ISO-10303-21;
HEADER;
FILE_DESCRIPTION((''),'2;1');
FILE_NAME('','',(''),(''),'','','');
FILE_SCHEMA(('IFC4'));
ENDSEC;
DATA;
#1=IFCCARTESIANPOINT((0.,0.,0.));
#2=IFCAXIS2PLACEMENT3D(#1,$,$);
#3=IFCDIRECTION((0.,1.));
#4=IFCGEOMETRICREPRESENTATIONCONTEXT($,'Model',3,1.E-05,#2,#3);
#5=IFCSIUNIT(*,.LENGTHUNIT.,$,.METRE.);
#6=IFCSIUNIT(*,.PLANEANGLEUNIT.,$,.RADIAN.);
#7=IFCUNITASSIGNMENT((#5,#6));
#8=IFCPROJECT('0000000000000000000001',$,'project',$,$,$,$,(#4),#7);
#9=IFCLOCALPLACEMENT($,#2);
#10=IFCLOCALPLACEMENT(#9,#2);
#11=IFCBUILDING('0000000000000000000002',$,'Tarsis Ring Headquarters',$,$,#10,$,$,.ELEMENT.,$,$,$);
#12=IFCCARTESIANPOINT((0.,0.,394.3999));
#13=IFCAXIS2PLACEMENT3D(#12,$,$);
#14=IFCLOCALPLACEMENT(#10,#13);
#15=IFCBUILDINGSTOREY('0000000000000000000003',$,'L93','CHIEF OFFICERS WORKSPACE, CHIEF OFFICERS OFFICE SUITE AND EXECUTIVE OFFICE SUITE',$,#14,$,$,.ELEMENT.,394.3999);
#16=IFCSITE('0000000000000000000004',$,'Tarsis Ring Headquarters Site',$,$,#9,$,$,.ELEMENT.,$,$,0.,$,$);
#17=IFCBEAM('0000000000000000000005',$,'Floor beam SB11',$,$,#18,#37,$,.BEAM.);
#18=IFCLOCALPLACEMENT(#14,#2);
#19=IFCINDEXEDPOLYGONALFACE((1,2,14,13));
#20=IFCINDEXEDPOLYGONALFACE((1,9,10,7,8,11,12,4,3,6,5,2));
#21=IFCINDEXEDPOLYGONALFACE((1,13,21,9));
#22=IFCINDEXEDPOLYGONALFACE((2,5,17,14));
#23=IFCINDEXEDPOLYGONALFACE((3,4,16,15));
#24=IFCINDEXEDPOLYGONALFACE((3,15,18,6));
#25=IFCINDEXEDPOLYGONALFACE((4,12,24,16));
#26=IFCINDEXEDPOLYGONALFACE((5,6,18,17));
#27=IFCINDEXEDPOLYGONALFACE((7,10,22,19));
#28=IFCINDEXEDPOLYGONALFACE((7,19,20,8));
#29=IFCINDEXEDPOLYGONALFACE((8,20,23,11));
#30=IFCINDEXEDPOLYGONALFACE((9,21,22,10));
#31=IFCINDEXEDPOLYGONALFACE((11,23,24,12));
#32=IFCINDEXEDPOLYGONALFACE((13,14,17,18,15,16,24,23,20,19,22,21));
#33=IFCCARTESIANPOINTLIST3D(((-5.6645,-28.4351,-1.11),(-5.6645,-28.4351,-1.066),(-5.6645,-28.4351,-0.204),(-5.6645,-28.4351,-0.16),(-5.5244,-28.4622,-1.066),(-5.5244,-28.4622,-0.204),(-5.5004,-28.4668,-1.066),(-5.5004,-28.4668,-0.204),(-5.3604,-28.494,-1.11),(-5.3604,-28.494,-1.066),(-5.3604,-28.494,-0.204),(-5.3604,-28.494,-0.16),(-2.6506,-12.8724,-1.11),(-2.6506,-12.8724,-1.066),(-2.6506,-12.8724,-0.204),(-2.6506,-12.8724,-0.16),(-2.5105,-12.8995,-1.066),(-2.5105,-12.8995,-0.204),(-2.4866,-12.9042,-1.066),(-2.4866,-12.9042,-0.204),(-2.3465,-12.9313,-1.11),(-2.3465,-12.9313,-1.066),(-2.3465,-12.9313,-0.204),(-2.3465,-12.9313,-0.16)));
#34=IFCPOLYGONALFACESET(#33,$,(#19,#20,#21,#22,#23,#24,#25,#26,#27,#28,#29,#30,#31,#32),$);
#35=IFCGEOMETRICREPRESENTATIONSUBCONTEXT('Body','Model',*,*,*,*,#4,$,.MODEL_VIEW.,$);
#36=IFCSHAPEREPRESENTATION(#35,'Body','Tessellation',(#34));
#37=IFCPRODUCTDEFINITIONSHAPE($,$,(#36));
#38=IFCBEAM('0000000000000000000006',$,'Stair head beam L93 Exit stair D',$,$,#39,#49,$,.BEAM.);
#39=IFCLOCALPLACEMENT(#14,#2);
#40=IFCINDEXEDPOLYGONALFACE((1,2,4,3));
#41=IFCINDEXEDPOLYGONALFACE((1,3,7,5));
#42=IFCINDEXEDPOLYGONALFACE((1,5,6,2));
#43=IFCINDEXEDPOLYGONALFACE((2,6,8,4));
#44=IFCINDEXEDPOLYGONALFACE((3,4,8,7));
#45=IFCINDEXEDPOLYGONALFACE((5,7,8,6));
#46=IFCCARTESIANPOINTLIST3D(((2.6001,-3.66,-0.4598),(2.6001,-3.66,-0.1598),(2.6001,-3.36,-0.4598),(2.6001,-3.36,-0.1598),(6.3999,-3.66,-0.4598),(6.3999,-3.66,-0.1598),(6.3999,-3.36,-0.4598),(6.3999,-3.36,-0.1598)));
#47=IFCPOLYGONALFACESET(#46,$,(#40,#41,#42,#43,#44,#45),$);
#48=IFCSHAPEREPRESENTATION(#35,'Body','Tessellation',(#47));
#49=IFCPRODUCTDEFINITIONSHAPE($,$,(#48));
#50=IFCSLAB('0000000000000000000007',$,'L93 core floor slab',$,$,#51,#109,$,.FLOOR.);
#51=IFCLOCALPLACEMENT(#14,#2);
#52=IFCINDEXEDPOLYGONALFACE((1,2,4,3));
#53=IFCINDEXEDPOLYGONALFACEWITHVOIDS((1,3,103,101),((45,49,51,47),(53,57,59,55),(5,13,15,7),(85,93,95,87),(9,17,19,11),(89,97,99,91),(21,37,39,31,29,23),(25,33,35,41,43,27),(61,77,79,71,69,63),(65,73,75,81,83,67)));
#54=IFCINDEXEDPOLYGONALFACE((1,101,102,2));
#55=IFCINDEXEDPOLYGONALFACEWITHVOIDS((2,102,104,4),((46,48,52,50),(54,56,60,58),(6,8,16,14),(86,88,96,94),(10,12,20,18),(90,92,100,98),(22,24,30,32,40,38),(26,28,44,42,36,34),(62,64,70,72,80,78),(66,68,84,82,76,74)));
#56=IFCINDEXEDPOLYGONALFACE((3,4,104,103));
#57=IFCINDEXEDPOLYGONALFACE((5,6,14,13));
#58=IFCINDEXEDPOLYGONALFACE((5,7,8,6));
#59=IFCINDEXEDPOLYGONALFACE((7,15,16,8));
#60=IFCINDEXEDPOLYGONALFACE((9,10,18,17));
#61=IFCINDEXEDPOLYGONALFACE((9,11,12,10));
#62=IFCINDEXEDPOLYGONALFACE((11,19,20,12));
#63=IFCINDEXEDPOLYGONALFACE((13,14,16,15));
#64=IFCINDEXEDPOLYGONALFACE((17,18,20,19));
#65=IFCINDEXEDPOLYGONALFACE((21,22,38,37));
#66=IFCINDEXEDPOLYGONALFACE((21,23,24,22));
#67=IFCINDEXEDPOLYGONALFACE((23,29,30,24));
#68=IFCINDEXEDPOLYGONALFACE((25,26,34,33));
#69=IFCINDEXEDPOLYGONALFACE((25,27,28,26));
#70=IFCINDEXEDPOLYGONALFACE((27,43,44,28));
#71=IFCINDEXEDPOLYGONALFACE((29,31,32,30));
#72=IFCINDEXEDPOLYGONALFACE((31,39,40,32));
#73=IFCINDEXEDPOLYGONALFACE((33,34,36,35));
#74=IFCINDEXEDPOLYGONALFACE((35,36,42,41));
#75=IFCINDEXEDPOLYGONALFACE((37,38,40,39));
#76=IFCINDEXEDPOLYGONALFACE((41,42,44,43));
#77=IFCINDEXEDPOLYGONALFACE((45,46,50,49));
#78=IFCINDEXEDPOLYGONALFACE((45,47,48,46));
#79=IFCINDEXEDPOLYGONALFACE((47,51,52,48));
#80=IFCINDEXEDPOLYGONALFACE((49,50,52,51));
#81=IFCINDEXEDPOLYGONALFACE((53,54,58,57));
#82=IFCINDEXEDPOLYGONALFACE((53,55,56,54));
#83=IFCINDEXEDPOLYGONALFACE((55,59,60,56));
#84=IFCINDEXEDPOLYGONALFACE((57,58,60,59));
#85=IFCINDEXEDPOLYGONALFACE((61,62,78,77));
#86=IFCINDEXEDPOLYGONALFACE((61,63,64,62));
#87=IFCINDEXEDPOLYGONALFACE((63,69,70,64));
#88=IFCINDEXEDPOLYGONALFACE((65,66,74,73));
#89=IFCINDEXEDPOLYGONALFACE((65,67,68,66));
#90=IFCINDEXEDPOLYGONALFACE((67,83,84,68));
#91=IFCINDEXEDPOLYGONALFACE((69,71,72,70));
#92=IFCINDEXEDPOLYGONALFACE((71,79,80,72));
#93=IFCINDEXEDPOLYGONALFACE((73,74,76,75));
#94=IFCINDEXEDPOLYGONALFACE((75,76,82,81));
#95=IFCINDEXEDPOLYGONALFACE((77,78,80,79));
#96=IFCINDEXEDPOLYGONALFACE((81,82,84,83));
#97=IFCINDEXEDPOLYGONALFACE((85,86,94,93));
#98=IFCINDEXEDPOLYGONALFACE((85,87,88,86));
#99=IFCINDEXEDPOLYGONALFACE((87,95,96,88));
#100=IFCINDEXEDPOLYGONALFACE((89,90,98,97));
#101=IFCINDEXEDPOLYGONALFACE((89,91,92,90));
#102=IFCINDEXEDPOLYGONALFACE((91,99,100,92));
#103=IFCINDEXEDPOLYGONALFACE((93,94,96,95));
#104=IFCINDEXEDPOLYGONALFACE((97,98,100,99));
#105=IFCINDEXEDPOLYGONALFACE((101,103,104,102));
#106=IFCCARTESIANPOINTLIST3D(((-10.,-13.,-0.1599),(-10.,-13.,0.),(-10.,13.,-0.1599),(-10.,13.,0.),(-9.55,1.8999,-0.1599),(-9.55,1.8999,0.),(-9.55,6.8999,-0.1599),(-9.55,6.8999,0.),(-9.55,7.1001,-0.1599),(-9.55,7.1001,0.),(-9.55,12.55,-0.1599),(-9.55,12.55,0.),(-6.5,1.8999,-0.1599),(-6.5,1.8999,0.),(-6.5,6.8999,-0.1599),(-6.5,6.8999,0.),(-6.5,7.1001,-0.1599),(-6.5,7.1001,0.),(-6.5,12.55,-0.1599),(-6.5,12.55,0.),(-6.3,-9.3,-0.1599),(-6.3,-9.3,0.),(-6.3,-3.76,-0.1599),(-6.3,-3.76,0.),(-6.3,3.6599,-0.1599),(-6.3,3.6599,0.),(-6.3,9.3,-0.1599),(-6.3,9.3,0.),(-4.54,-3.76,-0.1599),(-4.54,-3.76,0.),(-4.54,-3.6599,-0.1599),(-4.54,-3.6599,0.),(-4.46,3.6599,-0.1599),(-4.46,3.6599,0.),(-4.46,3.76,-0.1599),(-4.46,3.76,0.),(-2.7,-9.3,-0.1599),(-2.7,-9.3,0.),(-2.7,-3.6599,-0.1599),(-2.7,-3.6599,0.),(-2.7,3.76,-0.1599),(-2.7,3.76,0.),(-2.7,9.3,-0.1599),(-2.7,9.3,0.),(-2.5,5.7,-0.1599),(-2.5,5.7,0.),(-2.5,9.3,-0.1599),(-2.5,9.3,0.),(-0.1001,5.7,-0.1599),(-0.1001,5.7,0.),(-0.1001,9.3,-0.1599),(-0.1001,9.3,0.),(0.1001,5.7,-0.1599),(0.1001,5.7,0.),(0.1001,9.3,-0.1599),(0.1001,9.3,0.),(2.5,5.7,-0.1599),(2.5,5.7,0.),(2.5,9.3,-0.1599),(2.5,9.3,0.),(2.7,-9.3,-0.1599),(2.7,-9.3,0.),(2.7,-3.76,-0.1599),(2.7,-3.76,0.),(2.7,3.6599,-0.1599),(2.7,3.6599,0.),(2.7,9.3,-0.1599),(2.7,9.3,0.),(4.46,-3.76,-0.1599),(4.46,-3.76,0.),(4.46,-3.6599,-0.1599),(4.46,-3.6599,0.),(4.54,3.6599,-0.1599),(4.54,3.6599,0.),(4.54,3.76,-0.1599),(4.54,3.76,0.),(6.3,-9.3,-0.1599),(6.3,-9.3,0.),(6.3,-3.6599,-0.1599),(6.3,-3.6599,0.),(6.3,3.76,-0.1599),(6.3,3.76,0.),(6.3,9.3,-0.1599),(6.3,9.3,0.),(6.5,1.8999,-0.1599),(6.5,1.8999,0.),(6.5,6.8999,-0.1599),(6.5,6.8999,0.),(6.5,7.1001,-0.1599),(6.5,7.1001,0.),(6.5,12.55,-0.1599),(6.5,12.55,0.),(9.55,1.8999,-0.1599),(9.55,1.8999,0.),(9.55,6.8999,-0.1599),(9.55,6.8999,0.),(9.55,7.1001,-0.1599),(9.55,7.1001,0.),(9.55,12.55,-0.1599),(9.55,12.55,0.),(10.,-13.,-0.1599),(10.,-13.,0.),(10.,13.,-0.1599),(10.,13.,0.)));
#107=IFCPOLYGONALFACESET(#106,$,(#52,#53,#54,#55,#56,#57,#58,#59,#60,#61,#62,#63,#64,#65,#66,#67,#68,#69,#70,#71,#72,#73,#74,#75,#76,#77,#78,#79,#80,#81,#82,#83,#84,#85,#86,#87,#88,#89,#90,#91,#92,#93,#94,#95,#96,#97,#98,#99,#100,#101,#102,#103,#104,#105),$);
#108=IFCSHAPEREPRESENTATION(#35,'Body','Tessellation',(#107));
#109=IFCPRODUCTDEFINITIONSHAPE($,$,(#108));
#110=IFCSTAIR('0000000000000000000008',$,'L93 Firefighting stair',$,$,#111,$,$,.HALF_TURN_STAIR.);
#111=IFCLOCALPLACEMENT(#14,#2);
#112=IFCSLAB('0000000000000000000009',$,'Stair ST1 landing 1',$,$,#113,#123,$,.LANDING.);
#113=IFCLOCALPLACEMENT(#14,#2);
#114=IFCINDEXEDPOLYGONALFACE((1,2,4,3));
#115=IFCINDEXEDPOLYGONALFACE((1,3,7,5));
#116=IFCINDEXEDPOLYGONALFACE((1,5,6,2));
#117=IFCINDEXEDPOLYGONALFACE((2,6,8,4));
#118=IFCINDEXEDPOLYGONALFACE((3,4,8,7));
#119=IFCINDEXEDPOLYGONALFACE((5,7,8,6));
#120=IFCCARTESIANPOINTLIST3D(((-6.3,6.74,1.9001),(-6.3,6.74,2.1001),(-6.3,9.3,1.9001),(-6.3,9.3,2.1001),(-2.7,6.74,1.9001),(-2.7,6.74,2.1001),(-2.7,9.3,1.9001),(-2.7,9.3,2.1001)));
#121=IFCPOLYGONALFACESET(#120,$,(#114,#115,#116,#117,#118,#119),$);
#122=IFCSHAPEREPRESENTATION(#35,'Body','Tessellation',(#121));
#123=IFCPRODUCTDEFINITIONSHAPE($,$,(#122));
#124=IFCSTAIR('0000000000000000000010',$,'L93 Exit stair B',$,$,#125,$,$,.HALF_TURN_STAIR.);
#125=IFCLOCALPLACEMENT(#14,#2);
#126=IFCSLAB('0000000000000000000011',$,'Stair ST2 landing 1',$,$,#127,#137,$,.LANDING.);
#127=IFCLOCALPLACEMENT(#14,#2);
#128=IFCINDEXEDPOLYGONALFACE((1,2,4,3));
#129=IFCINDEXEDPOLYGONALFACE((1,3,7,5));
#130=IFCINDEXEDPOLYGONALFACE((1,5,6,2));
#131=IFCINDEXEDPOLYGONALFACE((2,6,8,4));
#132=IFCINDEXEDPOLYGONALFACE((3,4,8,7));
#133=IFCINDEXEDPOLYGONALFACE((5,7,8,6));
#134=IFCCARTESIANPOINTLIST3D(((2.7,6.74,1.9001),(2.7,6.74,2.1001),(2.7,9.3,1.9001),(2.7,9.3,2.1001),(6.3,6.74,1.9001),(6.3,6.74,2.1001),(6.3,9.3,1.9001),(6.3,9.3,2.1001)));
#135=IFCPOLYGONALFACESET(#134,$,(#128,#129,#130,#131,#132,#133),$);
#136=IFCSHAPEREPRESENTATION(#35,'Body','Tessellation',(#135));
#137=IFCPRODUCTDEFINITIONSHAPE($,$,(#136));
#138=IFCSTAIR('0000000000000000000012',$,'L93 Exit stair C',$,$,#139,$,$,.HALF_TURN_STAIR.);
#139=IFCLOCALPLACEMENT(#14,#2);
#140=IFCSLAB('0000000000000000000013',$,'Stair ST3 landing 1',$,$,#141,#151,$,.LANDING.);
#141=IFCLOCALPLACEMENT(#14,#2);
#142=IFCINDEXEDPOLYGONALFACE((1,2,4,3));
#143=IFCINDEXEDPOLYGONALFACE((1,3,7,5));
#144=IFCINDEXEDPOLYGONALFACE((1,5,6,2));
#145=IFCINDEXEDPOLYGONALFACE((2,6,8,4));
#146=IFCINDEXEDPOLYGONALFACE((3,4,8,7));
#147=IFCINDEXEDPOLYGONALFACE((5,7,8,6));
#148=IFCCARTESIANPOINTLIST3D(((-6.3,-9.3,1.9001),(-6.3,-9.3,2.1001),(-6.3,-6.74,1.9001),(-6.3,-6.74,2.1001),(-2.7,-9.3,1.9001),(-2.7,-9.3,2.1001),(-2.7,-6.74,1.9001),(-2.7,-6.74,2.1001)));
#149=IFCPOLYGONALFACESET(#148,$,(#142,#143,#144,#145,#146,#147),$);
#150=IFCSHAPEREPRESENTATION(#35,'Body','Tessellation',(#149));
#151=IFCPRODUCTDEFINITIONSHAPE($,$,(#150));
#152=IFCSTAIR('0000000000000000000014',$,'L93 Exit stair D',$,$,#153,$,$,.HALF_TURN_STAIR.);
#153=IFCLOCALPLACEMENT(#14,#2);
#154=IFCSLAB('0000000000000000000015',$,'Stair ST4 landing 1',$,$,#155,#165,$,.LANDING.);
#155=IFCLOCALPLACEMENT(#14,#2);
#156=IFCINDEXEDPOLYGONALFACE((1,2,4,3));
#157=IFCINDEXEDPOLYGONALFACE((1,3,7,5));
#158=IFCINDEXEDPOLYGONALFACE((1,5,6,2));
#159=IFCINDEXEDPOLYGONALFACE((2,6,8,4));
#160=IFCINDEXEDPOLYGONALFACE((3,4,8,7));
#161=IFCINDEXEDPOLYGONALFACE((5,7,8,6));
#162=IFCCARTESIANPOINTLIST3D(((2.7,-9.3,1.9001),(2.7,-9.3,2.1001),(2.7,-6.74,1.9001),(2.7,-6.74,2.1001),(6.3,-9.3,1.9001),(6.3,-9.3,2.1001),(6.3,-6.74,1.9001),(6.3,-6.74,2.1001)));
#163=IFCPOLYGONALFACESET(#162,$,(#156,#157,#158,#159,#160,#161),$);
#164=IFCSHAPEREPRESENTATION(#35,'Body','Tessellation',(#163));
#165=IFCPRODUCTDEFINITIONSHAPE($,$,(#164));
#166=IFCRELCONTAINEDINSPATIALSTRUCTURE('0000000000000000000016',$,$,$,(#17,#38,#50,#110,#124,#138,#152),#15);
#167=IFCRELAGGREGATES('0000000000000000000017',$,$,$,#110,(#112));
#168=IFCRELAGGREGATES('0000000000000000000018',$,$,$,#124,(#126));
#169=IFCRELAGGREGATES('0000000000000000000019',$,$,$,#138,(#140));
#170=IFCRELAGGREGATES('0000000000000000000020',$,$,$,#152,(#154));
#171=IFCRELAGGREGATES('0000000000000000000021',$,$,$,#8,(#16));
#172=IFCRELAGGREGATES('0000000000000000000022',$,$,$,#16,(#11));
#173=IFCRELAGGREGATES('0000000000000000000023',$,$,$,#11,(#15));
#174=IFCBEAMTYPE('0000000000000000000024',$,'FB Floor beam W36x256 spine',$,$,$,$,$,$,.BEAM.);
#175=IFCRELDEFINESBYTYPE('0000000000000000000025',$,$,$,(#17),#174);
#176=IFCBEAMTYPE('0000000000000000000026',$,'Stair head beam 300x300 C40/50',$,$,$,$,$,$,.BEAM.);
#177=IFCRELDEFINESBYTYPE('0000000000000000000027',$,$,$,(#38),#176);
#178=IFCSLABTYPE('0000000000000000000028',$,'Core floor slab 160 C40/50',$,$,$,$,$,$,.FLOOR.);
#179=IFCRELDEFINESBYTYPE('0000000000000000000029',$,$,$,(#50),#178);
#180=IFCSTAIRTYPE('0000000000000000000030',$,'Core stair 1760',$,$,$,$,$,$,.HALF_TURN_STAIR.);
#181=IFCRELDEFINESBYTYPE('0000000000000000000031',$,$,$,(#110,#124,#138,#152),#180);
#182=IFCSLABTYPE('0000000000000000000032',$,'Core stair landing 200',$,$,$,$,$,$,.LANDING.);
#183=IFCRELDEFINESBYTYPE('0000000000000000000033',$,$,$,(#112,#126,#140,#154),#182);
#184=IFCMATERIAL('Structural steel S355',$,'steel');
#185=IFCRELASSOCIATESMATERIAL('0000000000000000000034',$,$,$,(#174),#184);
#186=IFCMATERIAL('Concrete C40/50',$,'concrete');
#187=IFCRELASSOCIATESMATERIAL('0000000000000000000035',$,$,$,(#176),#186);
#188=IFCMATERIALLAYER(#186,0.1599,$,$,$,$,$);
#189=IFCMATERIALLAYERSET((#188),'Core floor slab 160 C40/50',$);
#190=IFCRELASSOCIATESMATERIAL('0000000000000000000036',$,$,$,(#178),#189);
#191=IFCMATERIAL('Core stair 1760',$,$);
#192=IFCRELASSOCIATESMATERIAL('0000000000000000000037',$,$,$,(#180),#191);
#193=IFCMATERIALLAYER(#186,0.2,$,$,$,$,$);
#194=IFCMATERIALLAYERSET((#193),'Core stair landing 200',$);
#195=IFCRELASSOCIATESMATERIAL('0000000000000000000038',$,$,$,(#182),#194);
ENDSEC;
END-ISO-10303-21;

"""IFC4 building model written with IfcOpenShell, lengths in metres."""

from ifc_helpers import new_model, si_unit, direction, frame, origin, origin_2d, place, context, subcontext, project, spatial, polyline, rectangle, i_section, outline, extrude, material, layer, layer_set, material_profile, profile_set, type_object, element, aggregate, save


model = new_model("IFC4")

# Units and contexts
model_context = context("Model", 3, precision=1e-05, world=origin(), true_north=direction((0.0, 1.0)))
body_context = subcontext(model_context, "Body", "Model", "MODEL_VIEW")
ifc_project = project(units=[si_unit("LENGTHUNIT", "METRE"), si_unit("PLANEANGLEUNIT", "RADIAN")], contexts=[model_context])

# Site, building, storey
site_placement = place(None, origin())
site = spatial("IfcSite", under=ifc_project, at=site_placement, Name="Tarsis Ring Headquarters Site", CompositionType="ELEMENT", RefElevation=0.0)
building_placement = place(site_placement, origin())
building = spatial("IfcBuilding", under=site, at=building_placement, Name="Tarsis Ring Headquarters", CompositionType="ELEMENT")
storey_placement = place(building_placement, frame((0.0, 0.0, 394.3999)))
storey = spatial("IfcBuildingStorey", under=building, at=storey_placement, Name="L93", Description="CHIEF OFFICERS WORKSPACE, CHIEF OFFICERS OFFICE SUITE AND EXECUTIVE OFFICE SUITE", CompositionType="ELEMENT", Elevation=394.3999)

# Beams
ifc_material_1 = material(Name="Structural steel S355", Category="steel")
ifc_material_profile_1 = material_profile(ifc_material_1, i_section(OverallWidth=0.3098, OverallDepth=0.95, WebThickness=0.0244, FlangeThickness=0.0439, at=origin_2d()), Name="W36x256")
ifc_profile_set_1 = profile_set([ifc_material_profile_1], Name="Structural steel S355")
beam_type_1 = type_object("IfcBeamType", Name="FB Floor beam W36x256 spine", PredefinedType="BEAM", material=ifc_profile_set_1)
beam_1_placement = place(storey_placement, frame((-2.4985, -12.9019, -0.635), z_axis=(-0.19013, -0.981759, 0.0), x_axis=(0.981759, -0.19013, 0.0)))
element("IfcBeam", 1, at=beam_1_placement, inside=storey, type_object=beam_type_1, Name="Floor beam SB11", PredefinedType="BEAM", context=body_context, shape_type="SweptSolid", body=[
    extrude(i_section(OverallWidth=0.3098, OverallDepth=0.95, WebThickness=0.0244, FlangeThickness=0.0439, at=origin_2d()), origin(), (0.0, 0.0, 1.0), 15.8518),
])
ifc_material_2 = material(Name="Concrete C40/50", Category="concrete")
ifc_material_profile_2 = material_profile(ifc_material_2, rectangle(XDim=0.3, YDim=0.3, at=origin_2d()), Name="Stair head beam 300x300 C40/50")
ifc_profile_set_2 = profile_set([ifc_material_profile_2], Name="Concrete C40/50")
beam_type_2 = type_object("IfcBeamType", Name="Stair head beam 300x300 C40/50", PredefinedType="BEAM", material=ifc_profile_set_2)
beam_2_placement = place(storey_placement, frame((2.6001, -3.51, -0.3098), z_axis=(1.0, 0.0, 0.0), x_axis=(0.0, 1.0, 0.0)))
element("IfcBeam", 2, at=beam_2_placement, inside=storey, type_object=beam_type_2, Name="Stair head beam L93 Exit stair D", PredefinedType="BEAM", context=body_context, shape_type="SweptSolid", body=[
    extrude(rectangle(XDim=0.3, YDim=0.3, at=origin_2d()), origin(), (0.0, 0.0, 1.0), 3.7998),
])

# Slab
ifc_layer_1 = layer(ifc_material_2, 0.1599)
ifc_layer_set_1 = layer_set([ifc_layer_1], Name="Core floor slab 160 C40/50")
slab_type_1 = type_object("IfcSlabType", Name="Core floor slab 160 C40/50", PredefinedType="FLOOR", material=ifc_layer_set_1)
slab_1_placement = place(storey_placement, frame((0.0, 0.0, -0.1599)))
element("IfcSlab", 3, at=slab_1_placement, inside=storey, type_object=slab_type_1, Name="L93 core floor slab", PredefinedType="FLOOR", context=body_context, shape_type="SweptSolid", body=[
    extrude(outline(polyline([(-10.0, -13.0), (10.0, -13.0), (10.0, 13.0), (-10.0, 13.0), (-10.0, -13.0)]), holes=[polyline([(-2.5, 5.7), (-0.1001, 5.7), (-0.1001, 9.3), (-2.5, 9.3), (-2.5, 5.7)]), polyline([(0.1001, 5.7), (2.5, 5.7), (2.5, 9.3), (0.1001, 9.3), (0.1001, 5.7)]), polyline([(-9.55, 1.8999), (-6.5, 1.8999), (-6.5, 6.8999), (-9.55, 6.8999), (-9.55, 1.8999)]), polyline([(-9.55, 7.1001), (-6.5, 7.1001), (-6.5, 12.55), (-9.55, 12.55), (-9.55, 7.1001)]), polyline([(6.5, 1.8999), (9.55, 1.8999), (9.55, 6.8999), (6.5, 6.8999), (6.5, 1.8999)]), polyline([(6.5, 7.1001), (9.55, 7.1001), (9.55, 12.55), (6.5, 12.55), (6.5, 7.1001)]), polyline([(-2.7, 3.76), (-2.7, 9.3), (-6.3, 9.3), (-6.3, 3.6599), (-4.46, 3.6599), (-4.46, 3.76), (-2.7, 3.76)]), polyline([(6.3, 3.76), (6.3, 9.3), (2.7, 9.3), (2.7, 3.6599), (4.54, 3.6599), (4.54, 3.76), (6.3, 3.76)]), polyline([(-6.3, -3.76), (-6.3, -9.3), (-2.7, -9.3), (-2.7, -3.6599), (-4.54, -3.6599), (-4.54, -3.76), (-6.3, -3.76)]), polyline([(2.7, -3.76), (2.7, -9.3), (6.3, -9.3), (6.3, -3.6599), (4.46, -3.6599), (4.46, -3.76), (2.7, -3.76)])]), origin(), (0.0, 0.0, 1.0), 0.1599),
])

# Stairs, slabs
ifc_material_3 = material(Name="Core stair 1760")
stair_type = type_object("IfcStairType", Name="Core stair 1760", PredefinedType="HALF_TURN_STAIR", material=ifc_material_3)
stair_1_placement = place(storey_placement, origin())
stair_1 = element("IfcStair", 4, at=stair_1_placement, inside=storey, type_object=stair_type, Name="L93 Firefighting stair", PredefinedType="HALF_TURN_STAIR")
ifc_layer_2 = layer(ifc_material_2, 0.2)
ifc_layer_set_2 = layer_set([ifc_layer_2], Name="Core stair landing 200")
slab_type_2 = type_object("IfcSlabType", Name="Core stair landing 200", PredefinedType="LANDING", material=ifc_layer_set_2)
slab_2_placement = place(storey_placement, frame((0.0, 0.0, 1.9001)))
slab_2 = element("IfcSlab", 5, at=slab_2_placement, type_object=slab_type_2, Name="Stair ST1 landing 1", PredefinedType="LANDING", context=body_context, shape_type="SweptSolid", body=[
    extrude(outline(polyline([(-2.7, 6.74), (-2.7, 9.3), (-6.3, 9.3), (-6.3, 6.74), (-2.7, 6.74)])), origin(), (0.0, 0.0, 1.0), 0.2),
])
aggregate(stair_1, [slab_2])
stair_2_placement = place(storey_placement, origin())
stair_2 = element("IfcStair", 6, at=stair_2_placement, inside=storey, type_object=stair_type, Name="L93 Exit stair B", PredefinedType="HALF_TURN_STAIR")
slab_3_placement = place(storey_placement, frame((0.0, 0.0, 1.9001)))
slab_3 = element("IfcSlab", 7, at=slab_3_placement, type_object=slab_type_2, Name="Stair ST2 landing 1", PredefinedType="LANDING", context=body_context, shape_type="SweptSolid", body=[
    extrude(outline(polyline([(6.3, 6.74), (6.3, 9.3), (2.7, 9.3), (2.7, 6.74), (6.3, 6.74)])), origin(), (0.0, 0.0, 1.0), 0.2),
])
aggregate(stair_2, [slab_3])
stair_3_placement = place(storey_placement, origin())
stair_3 = element("IfcStair", 8, at=stair_3_placement, inside=storey, type_object=stair_type, Name="L93 Exit stair C", PredefinedType="HALF_TURN_STAIR")
slab_4_placement = place(storey_placement, frame((0.0, 0.0, 1.9001)))
slab_4 = element("IfcSlab", 9, at=slab_4_placement, type_object=slab_type_2, Name="Stair ST3 landing 1", PredefinedType="LANDING", context=body_context, shape_type="SweptSolid", body=[
    extrude(outline(polyline([(-6.3, -6.74), (-6.3, -9.3), (-2.7, -9.3), (-2.7, -6.74), (-6.3, -6.74)])), origin(), (0.0, 0.0, 1.0), 0.2),
])
aggregate(stair_3, [slab_4])
stair_4_placement = place(storey_placement, origin())
stair_4 = element("IfcStair", 10, at=stair_4_placement, inside=storey, type_object=stair_type, Name="L93 Exit stair D", PredefinedType="HALF_TURN_STAIR")
slab_5_placement = place(storey_placement, frame((0.0, 0.0, 1.9001)))
slab_5 = element("IfcSlab", 11, at=slab_5_placement, type_object=slab_type_2, Name="Stair ST4 landing 1", PredefinedType="LANDING", context=body_context, shape_type="SweptSolid", body=[
    extrude(outline(polyline([(2.7, -6.74), (2.7, -9.3), (6.3, -9.3), (6.3, -6.74), (2.7, -6.74)])), origin(), (0.0, 0.0, 1.0), 0.2),
])
aggregate(stair_4, [slab_5])

save(model, "model.ifc")
